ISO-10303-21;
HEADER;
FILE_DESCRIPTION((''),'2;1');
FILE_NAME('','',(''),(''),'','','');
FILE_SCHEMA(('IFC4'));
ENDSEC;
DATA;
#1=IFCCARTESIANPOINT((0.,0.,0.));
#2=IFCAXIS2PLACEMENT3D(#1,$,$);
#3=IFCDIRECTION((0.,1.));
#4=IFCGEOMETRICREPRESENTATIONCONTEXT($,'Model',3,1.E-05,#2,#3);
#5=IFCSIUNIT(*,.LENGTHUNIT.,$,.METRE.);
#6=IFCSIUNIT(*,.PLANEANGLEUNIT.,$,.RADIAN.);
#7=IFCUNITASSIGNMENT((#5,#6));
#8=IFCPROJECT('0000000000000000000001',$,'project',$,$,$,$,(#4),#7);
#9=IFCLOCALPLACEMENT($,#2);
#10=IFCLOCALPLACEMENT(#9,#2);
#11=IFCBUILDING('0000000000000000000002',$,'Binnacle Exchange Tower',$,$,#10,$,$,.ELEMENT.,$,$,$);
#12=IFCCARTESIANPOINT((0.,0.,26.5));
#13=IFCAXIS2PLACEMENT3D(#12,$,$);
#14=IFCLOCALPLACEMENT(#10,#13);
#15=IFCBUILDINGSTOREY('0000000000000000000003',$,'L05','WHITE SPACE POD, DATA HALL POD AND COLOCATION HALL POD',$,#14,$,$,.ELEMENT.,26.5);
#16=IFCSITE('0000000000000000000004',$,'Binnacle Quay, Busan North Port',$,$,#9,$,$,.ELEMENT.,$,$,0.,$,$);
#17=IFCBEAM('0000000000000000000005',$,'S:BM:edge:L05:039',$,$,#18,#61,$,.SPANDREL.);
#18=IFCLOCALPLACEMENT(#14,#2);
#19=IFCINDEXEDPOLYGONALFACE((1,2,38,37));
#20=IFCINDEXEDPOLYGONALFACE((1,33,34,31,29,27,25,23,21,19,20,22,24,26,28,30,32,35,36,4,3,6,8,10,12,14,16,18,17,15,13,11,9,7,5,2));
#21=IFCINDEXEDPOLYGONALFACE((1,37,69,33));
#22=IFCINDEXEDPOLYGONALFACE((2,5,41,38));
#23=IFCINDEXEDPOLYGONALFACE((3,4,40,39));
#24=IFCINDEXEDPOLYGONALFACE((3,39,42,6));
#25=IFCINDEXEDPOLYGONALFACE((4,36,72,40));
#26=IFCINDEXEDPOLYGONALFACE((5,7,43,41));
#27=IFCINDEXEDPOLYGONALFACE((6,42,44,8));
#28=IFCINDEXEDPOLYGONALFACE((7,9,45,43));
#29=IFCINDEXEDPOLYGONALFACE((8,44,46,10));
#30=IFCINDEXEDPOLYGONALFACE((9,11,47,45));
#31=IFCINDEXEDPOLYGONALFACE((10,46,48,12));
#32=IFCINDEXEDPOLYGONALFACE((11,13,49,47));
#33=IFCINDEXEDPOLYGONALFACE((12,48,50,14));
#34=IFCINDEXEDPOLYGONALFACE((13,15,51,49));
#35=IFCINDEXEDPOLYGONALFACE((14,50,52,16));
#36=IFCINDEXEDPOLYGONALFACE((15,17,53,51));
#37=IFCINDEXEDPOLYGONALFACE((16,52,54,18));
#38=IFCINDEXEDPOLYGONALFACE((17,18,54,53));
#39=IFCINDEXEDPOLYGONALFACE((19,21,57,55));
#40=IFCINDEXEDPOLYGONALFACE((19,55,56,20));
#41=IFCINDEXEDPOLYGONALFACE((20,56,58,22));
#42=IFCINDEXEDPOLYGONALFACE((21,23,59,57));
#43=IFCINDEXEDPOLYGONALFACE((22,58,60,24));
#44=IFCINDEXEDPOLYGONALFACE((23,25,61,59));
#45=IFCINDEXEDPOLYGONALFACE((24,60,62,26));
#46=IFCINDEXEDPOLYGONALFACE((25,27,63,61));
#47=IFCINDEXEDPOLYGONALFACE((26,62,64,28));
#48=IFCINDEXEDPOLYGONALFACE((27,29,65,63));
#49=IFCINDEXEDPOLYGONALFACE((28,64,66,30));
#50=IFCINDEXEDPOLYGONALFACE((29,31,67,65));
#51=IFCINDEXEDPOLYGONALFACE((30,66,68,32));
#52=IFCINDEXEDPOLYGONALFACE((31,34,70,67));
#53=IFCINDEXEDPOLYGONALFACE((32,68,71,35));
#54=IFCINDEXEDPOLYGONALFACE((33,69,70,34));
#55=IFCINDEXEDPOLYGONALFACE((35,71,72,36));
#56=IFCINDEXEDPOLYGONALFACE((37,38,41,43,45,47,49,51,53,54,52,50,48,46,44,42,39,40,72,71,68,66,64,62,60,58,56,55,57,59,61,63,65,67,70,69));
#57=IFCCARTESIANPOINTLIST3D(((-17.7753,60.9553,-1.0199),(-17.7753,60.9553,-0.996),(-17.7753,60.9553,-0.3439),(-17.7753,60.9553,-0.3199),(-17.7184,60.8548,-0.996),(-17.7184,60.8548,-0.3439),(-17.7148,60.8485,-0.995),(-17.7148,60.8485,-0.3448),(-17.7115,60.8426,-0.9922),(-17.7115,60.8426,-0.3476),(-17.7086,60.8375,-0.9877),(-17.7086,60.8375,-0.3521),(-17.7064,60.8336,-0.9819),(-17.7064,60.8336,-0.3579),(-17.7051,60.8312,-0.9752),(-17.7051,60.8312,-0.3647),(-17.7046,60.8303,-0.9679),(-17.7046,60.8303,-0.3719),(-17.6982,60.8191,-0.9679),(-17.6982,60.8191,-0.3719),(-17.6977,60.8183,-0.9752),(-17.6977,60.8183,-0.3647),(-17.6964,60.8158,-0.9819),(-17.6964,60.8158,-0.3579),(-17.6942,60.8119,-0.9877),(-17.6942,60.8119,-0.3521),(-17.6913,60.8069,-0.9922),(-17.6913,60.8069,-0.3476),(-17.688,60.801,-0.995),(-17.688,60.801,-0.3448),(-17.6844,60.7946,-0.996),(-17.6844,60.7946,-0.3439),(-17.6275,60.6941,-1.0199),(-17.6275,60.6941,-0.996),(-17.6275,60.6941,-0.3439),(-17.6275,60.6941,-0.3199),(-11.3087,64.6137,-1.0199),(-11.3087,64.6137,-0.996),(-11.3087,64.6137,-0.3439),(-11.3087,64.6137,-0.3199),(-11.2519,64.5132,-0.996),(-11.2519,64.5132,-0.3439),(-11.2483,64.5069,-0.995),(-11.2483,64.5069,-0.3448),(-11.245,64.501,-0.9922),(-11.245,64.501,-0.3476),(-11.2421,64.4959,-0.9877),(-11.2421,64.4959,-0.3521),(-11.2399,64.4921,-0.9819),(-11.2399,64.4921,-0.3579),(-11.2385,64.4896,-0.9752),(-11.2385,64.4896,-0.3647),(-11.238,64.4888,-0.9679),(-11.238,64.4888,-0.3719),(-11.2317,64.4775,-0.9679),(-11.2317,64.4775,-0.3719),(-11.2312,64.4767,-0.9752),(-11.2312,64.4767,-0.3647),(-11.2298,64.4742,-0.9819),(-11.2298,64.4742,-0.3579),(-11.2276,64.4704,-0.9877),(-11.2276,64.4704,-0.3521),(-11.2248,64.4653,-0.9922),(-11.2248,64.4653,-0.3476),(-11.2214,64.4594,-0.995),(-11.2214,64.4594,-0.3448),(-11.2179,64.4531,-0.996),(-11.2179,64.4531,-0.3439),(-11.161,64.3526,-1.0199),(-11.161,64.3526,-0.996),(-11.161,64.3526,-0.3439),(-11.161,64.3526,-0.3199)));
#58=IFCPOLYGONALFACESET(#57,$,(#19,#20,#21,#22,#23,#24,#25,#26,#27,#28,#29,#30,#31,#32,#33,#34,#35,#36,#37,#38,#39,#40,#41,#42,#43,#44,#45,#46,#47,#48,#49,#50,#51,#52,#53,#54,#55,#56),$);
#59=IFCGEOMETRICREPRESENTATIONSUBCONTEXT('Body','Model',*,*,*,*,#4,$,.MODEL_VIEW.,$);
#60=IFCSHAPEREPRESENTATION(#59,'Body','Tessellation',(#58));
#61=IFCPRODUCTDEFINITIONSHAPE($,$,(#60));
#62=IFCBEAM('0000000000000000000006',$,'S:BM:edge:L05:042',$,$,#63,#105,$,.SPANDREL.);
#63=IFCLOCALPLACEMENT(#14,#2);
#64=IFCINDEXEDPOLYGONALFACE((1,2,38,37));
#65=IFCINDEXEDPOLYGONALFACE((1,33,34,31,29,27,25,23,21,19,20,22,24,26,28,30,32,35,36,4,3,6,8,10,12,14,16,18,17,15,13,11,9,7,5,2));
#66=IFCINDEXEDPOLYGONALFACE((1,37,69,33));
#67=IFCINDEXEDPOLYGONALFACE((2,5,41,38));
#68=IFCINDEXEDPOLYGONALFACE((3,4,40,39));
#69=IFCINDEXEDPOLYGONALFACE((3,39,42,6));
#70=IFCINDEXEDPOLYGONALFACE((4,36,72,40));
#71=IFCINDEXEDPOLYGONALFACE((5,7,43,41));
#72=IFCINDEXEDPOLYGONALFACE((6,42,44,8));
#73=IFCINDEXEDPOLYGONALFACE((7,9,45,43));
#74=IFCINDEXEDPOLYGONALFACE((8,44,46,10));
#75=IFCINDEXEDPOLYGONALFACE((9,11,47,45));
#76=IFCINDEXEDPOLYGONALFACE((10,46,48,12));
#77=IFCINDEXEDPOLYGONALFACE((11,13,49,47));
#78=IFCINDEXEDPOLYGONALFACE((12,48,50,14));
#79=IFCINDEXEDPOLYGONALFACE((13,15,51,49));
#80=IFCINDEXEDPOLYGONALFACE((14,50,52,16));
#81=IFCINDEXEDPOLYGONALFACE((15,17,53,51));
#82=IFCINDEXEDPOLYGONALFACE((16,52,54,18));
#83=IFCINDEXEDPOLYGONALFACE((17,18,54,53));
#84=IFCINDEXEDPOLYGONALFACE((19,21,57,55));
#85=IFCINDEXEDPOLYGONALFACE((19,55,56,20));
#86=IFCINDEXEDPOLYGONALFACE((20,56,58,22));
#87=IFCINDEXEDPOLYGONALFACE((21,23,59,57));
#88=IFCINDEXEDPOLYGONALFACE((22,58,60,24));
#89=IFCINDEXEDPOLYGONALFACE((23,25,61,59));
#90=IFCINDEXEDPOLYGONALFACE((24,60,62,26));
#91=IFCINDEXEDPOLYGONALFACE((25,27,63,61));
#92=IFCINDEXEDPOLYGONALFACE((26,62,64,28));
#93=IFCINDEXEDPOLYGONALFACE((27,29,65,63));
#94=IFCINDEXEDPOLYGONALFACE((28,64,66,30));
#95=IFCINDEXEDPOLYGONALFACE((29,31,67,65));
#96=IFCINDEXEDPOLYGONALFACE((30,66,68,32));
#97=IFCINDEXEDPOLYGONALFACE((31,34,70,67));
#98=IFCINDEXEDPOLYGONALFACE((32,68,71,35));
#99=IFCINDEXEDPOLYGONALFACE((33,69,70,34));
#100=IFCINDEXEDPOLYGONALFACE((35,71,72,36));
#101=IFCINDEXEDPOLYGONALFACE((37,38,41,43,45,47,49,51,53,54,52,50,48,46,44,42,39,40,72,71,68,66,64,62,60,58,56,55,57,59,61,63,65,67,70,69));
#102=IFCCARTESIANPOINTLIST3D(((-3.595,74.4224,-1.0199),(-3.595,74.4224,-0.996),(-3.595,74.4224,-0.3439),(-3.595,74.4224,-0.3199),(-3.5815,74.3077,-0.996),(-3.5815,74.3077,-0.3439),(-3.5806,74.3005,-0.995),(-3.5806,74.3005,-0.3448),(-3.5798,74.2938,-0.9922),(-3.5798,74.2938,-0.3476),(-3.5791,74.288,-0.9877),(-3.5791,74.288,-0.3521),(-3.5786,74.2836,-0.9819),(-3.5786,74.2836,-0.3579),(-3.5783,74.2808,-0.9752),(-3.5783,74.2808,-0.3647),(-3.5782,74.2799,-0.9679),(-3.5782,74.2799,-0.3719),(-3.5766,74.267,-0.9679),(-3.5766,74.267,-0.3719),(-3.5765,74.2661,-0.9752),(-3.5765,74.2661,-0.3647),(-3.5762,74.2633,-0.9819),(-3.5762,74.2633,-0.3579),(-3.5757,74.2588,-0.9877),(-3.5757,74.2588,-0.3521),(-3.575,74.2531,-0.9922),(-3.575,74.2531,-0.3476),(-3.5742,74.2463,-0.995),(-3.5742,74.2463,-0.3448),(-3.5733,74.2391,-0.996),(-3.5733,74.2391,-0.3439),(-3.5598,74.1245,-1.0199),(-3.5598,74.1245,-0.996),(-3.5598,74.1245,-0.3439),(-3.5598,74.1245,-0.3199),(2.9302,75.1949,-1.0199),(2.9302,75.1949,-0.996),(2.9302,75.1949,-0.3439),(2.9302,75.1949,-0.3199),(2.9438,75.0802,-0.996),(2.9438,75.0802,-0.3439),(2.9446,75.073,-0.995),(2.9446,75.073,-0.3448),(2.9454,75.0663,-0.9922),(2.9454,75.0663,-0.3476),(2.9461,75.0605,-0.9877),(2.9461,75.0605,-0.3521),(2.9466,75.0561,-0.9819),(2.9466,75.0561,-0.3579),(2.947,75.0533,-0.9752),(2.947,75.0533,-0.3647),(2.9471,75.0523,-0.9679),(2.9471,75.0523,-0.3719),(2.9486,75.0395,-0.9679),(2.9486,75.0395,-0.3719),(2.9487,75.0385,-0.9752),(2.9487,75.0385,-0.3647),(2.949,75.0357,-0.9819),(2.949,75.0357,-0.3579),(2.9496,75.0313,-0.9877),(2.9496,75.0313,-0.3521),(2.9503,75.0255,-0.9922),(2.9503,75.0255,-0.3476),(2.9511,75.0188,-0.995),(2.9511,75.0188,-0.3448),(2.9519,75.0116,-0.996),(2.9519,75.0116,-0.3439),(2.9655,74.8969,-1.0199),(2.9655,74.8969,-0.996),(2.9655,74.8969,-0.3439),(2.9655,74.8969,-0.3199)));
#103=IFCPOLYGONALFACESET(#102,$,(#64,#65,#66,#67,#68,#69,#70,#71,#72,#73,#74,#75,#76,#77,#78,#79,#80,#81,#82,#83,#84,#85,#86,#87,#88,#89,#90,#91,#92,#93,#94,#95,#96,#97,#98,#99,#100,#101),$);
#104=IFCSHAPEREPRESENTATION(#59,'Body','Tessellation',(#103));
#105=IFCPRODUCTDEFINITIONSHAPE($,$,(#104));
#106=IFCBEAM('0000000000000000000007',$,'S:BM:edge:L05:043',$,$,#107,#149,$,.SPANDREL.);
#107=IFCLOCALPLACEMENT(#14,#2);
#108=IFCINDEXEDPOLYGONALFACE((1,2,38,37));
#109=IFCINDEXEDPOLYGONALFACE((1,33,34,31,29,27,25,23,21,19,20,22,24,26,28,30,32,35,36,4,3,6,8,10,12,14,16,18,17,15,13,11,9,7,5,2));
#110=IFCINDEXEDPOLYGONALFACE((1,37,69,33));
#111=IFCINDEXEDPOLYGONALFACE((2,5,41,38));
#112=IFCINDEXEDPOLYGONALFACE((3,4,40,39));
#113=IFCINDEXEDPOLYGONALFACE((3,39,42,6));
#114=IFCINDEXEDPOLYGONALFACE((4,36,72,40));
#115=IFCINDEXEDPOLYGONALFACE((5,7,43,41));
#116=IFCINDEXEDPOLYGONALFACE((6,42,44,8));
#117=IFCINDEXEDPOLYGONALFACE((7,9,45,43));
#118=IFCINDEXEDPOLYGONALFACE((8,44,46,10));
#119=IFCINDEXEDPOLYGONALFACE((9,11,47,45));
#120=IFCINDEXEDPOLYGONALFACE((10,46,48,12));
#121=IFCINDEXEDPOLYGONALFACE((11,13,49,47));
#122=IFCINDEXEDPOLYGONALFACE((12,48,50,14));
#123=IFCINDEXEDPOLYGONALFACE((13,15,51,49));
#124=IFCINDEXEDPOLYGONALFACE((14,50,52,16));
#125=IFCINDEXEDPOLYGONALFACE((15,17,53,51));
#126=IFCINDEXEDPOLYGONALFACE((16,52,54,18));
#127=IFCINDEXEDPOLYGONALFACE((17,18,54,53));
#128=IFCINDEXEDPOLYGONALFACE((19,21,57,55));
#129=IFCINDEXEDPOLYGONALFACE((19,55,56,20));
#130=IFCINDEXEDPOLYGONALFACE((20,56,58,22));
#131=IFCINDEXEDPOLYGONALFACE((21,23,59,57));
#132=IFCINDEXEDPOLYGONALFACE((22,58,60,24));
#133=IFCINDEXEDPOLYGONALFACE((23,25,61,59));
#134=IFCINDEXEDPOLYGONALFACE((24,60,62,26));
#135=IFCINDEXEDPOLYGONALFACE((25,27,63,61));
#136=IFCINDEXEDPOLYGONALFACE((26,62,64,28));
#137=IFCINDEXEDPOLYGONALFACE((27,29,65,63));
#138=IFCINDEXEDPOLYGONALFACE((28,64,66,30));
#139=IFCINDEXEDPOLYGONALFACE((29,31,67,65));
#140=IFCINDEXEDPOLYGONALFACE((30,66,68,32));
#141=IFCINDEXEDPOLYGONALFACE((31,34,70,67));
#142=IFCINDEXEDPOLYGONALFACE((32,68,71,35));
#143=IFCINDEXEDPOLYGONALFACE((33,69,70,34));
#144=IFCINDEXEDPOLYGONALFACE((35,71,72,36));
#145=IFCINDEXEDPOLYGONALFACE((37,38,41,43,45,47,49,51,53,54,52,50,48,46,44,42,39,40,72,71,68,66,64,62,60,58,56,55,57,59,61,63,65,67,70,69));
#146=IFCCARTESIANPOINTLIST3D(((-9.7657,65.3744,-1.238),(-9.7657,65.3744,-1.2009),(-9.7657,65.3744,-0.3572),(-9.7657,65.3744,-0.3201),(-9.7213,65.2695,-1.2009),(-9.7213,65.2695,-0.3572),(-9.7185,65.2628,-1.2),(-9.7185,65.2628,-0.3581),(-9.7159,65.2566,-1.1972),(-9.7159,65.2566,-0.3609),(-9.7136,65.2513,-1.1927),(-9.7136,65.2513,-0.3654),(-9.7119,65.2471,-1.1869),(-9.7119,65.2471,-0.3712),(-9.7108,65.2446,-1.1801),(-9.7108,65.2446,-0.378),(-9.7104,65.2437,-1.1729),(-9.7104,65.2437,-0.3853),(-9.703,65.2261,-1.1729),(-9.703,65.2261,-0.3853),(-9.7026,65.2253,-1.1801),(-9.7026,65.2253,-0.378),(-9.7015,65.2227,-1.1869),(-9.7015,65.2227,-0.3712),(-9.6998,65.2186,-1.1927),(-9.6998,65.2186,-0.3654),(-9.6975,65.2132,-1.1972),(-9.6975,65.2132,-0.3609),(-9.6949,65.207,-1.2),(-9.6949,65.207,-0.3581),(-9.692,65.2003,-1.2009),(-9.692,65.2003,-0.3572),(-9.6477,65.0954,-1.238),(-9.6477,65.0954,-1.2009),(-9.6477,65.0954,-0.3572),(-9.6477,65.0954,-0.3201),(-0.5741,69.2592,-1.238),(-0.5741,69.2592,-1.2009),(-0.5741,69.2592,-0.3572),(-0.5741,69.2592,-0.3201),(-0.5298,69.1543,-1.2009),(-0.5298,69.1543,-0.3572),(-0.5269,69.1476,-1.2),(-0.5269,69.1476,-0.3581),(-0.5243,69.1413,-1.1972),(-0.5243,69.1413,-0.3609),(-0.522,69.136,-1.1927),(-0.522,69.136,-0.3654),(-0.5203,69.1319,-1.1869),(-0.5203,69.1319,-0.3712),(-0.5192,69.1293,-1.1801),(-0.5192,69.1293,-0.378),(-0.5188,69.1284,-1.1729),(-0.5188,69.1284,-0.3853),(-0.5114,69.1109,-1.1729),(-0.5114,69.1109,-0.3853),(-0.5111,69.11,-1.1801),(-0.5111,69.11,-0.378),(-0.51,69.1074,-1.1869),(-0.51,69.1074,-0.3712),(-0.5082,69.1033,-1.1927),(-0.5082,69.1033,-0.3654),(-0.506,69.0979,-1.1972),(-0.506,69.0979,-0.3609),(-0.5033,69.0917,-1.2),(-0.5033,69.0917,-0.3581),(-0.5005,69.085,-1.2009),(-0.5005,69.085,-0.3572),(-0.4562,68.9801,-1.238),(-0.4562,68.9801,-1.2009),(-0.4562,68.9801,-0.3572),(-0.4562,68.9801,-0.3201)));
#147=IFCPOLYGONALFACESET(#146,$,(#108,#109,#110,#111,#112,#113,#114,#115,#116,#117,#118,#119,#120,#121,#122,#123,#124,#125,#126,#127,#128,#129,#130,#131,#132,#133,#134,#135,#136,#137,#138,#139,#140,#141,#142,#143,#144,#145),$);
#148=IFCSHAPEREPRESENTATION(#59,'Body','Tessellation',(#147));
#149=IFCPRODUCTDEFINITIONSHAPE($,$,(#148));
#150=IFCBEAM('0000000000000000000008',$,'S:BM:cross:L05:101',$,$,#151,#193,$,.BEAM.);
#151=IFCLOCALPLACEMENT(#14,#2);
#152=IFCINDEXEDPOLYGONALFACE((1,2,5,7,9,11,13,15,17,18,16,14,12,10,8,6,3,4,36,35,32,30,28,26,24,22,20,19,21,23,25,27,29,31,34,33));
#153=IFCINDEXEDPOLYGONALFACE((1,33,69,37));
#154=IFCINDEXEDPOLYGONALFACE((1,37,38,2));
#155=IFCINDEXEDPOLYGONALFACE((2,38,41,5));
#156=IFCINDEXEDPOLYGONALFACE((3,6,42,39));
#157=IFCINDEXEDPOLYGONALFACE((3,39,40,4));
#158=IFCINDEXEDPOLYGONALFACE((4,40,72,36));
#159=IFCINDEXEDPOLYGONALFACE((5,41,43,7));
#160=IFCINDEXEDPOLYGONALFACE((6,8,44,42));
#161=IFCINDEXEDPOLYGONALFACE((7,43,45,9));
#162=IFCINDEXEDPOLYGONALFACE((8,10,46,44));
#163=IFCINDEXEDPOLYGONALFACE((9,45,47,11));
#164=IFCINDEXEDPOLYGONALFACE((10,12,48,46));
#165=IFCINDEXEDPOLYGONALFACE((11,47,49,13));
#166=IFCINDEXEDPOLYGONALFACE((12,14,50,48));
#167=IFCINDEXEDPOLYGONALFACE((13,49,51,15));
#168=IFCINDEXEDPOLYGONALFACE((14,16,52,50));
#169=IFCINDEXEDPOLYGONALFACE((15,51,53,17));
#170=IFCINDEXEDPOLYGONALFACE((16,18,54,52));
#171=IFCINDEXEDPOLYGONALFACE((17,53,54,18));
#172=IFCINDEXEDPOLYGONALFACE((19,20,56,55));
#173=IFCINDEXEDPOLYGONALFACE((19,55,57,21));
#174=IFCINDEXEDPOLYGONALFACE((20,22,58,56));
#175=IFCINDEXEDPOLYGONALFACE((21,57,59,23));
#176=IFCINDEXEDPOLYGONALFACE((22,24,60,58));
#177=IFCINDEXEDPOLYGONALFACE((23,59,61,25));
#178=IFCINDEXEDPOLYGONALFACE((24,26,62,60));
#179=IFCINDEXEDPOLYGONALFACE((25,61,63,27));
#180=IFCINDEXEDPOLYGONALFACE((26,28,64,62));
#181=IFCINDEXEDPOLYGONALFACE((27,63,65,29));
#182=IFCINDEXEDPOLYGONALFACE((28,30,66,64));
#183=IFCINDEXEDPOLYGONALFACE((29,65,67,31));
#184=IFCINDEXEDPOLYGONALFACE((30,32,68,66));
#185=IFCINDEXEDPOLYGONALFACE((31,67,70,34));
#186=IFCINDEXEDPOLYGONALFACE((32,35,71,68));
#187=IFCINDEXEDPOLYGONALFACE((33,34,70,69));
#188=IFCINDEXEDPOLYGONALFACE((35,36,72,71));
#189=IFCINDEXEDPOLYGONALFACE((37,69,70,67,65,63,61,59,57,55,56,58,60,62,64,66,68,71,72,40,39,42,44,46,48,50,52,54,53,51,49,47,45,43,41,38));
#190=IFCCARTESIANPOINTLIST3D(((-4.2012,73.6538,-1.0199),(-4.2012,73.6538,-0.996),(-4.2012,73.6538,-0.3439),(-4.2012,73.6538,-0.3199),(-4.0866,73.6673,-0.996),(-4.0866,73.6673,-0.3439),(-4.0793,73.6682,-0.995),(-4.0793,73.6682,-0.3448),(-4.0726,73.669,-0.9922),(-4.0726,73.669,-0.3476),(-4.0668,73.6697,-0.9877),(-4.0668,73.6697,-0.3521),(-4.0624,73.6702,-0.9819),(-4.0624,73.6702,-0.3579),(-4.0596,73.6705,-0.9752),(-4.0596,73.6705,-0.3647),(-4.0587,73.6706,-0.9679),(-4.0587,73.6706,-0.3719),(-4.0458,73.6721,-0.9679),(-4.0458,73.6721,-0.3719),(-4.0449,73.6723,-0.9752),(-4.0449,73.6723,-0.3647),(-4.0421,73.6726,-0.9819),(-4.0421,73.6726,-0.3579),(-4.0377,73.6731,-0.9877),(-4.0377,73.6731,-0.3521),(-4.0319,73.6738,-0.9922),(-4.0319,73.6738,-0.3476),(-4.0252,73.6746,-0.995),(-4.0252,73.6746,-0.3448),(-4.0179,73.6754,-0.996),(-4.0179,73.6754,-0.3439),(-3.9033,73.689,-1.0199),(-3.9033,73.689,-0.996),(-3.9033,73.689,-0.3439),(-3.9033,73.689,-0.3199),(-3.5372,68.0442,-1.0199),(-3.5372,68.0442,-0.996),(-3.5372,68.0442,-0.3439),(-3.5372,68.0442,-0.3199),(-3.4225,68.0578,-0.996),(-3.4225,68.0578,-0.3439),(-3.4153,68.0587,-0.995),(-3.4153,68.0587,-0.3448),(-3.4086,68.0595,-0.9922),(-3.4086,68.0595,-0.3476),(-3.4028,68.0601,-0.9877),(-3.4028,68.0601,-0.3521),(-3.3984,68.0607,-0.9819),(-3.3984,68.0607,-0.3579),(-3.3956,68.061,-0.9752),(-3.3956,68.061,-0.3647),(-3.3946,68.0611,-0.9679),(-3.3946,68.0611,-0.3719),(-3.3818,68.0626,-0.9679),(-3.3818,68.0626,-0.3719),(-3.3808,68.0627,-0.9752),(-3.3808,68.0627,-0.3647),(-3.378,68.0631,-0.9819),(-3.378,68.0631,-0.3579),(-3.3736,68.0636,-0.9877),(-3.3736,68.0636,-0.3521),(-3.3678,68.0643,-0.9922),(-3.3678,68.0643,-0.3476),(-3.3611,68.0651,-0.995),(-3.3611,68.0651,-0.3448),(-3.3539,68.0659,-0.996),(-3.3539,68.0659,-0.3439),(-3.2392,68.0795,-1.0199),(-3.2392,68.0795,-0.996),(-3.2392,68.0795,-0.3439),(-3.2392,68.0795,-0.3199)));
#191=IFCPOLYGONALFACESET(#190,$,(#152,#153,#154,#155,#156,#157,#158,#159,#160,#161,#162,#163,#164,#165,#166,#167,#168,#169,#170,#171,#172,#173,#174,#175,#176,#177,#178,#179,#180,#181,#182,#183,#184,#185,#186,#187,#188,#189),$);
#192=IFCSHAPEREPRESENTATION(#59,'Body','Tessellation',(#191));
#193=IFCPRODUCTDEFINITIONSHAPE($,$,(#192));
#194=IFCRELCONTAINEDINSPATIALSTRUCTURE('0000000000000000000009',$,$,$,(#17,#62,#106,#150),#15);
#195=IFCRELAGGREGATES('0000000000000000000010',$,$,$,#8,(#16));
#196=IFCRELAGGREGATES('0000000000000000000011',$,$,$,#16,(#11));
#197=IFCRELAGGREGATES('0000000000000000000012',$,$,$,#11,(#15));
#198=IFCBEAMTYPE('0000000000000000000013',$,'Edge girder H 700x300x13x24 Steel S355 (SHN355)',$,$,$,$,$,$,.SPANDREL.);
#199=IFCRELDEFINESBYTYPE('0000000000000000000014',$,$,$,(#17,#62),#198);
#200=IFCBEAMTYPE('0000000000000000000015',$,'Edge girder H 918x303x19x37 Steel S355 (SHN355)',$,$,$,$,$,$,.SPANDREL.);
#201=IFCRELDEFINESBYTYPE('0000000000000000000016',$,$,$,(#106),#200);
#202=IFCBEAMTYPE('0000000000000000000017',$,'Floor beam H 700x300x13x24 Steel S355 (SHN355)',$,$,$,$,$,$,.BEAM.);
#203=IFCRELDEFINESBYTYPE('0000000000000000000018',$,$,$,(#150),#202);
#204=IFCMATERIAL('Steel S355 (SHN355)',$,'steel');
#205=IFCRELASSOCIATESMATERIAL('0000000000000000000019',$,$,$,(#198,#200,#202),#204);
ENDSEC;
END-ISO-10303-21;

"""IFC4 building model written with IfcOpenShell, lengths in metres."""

from ifc_helpers import new_model, si_unit, direction, frame, origin, origin_2d, place, context, subcontext, project, spatial, i_section, extrude, material, material_profile, profile_set, type_object, element, save


model = new_model("IFC4")

# Units and contexts
model_context = context("Model", 3, precision=1e-05, world=origin(), true_north=direction((0.0, 1.0)))
body_context = subcontext(model_context, "Body", "Model", "MODEL_VIEW")
ifc_project = project(units=[si_unit("LENGTHUNIT", "METRE"), si_unit("PLANEANGLEUNIT", "RADIAN")], contexts=[model_context])

# Site, building, storey
site_placement = place(None, origin())
site = spatial("IfcSite", under=ifc_project, at=site_placement, Name="Binnacle Quay, Busan North Port", CompositionType="ELEMENT", RefElevation=0.0)
building_placement = place(site_placement, origin())
building = spatial("IfcBuilding", under=site, at=building_placement, Name="Binnacle Exchange Tower", CompositionType="ELEMENT")
storey_placement = place(building_placement, frame((0.0, 0.0, 26.5)))
storey = spatial("IfcBuildingStorey", under=building, at=storey_placement, Name="L05", Description="WHITE SPACE POD, DATA HALL POD AND COLOCATION HALL POD", CompositionType="ELEMENT", Elevation=26.5)

# Beams
ifc_material_1 = material(Name="Steel S355 (SHN355)", Category="steel")
ifc_material_profile_1 = material_profile(ifc_material_1, i_section(OverallWidth=0.3, OverallDepth=0.7, WebThickness=0.0129, FlangeThickness=0.0239, FilletRadius=0.0281, at=origin_2d()), Name="H 700x300x13x24")
ifc_profile_set_1 = profile_set([ifc_material_profile_1], Name="Steel S355 (SHN355)")
beam_type_1 = type_object("IfcBeamType", Name="Edge girder H 700x300x13x24 Steel S355 (SHN355)", PredefinedType="SPANDREL", material=ifc_profile_set_1)
beam_1_placement = place(storey_placement, frame((-11.2349, 64.4832, -0.6699), z_axis=(-0.870364, -0.492408, 0.0), x_axis=(0.492408, -0.870364, 0.0)))
element("IfcBeam", 1, at=beam_1_placement, inside=storey, type_object=beam_type_1, Name="S:BM:edge:L05:039", PredefinedType="SPANDREL", context=body_context, shape_type="SweptSolid", body=[
    extrude(i_section(OverallWidth=0.3, OverallDepth=0.7, WebThickness=0.0129, FlangeThickness=0.0239, FilletRadius=0.0281, at=origin_2d()), origin(), (0.0, 0.0, 1.0), 7.4297),
])
beam_2_placement = place(storey_placement, frame((-3.5774, 74.2734, -0.6699), z_axis=(0.993066, 0.117561, 0.0), x_axis=(-0.117561, 0.993066, 0.0)))
element("IfcBeam", 2, at=beam_2_placement, inside=storey, type_object=beam_type_1, Name="S:BM:edge:L05:042", PredefinedType="SPANDREL", context=body_context, shape_type="SweptSolid", body=[
    extrude(i_section(OverallWidth=0.3, OverallDepth=0.7, WebThickness=0.0129, FlangeThickness=0.0239, FilletRadius=0.0281, at=origin_2d()), origin(), (0.0, 0.0, 1.0), 6.5708),
])
ifc_material_profile_2 = material_profile(ifc_material_1, i_section(OverallWidth=0.303, OverallDepth=0.918, WebThickness=0.019, FlangeThickness=0.0371, FilletRadius=0.0281, at=origin_2d()), Name="H 918x303x19x37")
ifc_profile_set_2 = profile_set([ifc_material_profile_2], Name="Steel S355 (SHN355)")
beam_type_2 = type_object("IfcBeamType", Name="Edge girder H 918x303x19x37 Steel S355 (SHN355)", PredefinedType="SPANDREL", material=ifc_profile_set_2)
beam_3_placement = place(storey_placement, frame((-0.5151, 69.1196, -0.7791), z_axis=(-0.921111, -0.389299, 0.0), x_axis=(0.389299, -0.921111, 0.0)))
element("IfcBeam", 3, at=beam_3_placement, inside=storey, type_object=beam_type_2, Name="S:BM:edge:L05:043", PredefinedType="SPANDREL", context=body_context, shape_type="SweptSolid", body=[
    extrude(i_section(OverallWidth=0.303, OverallDepth=0.918, WebThickness=0.019, FlangeThickness=0.0371, FilletRadius=0.0281, at=origin_2d()), origin(), (0.0, 0.0, 1.0), 9.9788),
])
ifc_material_profile_3 = material_profile(ifc_material_1, i_section(OverallWidth=0.3, OverallDepth=0.7, WebThickness=0.0129, FlangeThickness=0.0239, FilletRadius=0.0281, at=origin_2d()), Name="H 700x300x13x24")
ifc_profile_set_3 = profile_set([ifc_material_profile_3], Name="Steel S355 (SHN355)")
beam_type_3 = type_object("IfcBeamType", Name="Floor beam H 700x300x13x24 Steel S355 (SHN355)", PredefinedType="BEAM", material=ifc_profile_set_3)
beam_4_placement = place(storey_placement, frame((-4.0522, 73.6714, -0.6699), z_axis=(0.117558, -0.993066, 0.0), x_axis=(0.993066, 0.117558, 0.0)))
element("IfcBeam", 4, at=beam_4_placement, inside=storey, type_object=beam_type_3, Name="S:BM:cross:L05:101", PredefinedType="BEAM", context=body_context, shape_type="SweptSolid", body=[
    extrude(i_section(OverallWidth=0.3, OverallDepth=0.7, WebThickness=0.0129, FlangeThickness=0.0239, FilletRadius=0.0281, at=origin_2d()), origin(), (0.0, 0.0, 1.0), 5.6487),
])

save(model, "model.ifc")
